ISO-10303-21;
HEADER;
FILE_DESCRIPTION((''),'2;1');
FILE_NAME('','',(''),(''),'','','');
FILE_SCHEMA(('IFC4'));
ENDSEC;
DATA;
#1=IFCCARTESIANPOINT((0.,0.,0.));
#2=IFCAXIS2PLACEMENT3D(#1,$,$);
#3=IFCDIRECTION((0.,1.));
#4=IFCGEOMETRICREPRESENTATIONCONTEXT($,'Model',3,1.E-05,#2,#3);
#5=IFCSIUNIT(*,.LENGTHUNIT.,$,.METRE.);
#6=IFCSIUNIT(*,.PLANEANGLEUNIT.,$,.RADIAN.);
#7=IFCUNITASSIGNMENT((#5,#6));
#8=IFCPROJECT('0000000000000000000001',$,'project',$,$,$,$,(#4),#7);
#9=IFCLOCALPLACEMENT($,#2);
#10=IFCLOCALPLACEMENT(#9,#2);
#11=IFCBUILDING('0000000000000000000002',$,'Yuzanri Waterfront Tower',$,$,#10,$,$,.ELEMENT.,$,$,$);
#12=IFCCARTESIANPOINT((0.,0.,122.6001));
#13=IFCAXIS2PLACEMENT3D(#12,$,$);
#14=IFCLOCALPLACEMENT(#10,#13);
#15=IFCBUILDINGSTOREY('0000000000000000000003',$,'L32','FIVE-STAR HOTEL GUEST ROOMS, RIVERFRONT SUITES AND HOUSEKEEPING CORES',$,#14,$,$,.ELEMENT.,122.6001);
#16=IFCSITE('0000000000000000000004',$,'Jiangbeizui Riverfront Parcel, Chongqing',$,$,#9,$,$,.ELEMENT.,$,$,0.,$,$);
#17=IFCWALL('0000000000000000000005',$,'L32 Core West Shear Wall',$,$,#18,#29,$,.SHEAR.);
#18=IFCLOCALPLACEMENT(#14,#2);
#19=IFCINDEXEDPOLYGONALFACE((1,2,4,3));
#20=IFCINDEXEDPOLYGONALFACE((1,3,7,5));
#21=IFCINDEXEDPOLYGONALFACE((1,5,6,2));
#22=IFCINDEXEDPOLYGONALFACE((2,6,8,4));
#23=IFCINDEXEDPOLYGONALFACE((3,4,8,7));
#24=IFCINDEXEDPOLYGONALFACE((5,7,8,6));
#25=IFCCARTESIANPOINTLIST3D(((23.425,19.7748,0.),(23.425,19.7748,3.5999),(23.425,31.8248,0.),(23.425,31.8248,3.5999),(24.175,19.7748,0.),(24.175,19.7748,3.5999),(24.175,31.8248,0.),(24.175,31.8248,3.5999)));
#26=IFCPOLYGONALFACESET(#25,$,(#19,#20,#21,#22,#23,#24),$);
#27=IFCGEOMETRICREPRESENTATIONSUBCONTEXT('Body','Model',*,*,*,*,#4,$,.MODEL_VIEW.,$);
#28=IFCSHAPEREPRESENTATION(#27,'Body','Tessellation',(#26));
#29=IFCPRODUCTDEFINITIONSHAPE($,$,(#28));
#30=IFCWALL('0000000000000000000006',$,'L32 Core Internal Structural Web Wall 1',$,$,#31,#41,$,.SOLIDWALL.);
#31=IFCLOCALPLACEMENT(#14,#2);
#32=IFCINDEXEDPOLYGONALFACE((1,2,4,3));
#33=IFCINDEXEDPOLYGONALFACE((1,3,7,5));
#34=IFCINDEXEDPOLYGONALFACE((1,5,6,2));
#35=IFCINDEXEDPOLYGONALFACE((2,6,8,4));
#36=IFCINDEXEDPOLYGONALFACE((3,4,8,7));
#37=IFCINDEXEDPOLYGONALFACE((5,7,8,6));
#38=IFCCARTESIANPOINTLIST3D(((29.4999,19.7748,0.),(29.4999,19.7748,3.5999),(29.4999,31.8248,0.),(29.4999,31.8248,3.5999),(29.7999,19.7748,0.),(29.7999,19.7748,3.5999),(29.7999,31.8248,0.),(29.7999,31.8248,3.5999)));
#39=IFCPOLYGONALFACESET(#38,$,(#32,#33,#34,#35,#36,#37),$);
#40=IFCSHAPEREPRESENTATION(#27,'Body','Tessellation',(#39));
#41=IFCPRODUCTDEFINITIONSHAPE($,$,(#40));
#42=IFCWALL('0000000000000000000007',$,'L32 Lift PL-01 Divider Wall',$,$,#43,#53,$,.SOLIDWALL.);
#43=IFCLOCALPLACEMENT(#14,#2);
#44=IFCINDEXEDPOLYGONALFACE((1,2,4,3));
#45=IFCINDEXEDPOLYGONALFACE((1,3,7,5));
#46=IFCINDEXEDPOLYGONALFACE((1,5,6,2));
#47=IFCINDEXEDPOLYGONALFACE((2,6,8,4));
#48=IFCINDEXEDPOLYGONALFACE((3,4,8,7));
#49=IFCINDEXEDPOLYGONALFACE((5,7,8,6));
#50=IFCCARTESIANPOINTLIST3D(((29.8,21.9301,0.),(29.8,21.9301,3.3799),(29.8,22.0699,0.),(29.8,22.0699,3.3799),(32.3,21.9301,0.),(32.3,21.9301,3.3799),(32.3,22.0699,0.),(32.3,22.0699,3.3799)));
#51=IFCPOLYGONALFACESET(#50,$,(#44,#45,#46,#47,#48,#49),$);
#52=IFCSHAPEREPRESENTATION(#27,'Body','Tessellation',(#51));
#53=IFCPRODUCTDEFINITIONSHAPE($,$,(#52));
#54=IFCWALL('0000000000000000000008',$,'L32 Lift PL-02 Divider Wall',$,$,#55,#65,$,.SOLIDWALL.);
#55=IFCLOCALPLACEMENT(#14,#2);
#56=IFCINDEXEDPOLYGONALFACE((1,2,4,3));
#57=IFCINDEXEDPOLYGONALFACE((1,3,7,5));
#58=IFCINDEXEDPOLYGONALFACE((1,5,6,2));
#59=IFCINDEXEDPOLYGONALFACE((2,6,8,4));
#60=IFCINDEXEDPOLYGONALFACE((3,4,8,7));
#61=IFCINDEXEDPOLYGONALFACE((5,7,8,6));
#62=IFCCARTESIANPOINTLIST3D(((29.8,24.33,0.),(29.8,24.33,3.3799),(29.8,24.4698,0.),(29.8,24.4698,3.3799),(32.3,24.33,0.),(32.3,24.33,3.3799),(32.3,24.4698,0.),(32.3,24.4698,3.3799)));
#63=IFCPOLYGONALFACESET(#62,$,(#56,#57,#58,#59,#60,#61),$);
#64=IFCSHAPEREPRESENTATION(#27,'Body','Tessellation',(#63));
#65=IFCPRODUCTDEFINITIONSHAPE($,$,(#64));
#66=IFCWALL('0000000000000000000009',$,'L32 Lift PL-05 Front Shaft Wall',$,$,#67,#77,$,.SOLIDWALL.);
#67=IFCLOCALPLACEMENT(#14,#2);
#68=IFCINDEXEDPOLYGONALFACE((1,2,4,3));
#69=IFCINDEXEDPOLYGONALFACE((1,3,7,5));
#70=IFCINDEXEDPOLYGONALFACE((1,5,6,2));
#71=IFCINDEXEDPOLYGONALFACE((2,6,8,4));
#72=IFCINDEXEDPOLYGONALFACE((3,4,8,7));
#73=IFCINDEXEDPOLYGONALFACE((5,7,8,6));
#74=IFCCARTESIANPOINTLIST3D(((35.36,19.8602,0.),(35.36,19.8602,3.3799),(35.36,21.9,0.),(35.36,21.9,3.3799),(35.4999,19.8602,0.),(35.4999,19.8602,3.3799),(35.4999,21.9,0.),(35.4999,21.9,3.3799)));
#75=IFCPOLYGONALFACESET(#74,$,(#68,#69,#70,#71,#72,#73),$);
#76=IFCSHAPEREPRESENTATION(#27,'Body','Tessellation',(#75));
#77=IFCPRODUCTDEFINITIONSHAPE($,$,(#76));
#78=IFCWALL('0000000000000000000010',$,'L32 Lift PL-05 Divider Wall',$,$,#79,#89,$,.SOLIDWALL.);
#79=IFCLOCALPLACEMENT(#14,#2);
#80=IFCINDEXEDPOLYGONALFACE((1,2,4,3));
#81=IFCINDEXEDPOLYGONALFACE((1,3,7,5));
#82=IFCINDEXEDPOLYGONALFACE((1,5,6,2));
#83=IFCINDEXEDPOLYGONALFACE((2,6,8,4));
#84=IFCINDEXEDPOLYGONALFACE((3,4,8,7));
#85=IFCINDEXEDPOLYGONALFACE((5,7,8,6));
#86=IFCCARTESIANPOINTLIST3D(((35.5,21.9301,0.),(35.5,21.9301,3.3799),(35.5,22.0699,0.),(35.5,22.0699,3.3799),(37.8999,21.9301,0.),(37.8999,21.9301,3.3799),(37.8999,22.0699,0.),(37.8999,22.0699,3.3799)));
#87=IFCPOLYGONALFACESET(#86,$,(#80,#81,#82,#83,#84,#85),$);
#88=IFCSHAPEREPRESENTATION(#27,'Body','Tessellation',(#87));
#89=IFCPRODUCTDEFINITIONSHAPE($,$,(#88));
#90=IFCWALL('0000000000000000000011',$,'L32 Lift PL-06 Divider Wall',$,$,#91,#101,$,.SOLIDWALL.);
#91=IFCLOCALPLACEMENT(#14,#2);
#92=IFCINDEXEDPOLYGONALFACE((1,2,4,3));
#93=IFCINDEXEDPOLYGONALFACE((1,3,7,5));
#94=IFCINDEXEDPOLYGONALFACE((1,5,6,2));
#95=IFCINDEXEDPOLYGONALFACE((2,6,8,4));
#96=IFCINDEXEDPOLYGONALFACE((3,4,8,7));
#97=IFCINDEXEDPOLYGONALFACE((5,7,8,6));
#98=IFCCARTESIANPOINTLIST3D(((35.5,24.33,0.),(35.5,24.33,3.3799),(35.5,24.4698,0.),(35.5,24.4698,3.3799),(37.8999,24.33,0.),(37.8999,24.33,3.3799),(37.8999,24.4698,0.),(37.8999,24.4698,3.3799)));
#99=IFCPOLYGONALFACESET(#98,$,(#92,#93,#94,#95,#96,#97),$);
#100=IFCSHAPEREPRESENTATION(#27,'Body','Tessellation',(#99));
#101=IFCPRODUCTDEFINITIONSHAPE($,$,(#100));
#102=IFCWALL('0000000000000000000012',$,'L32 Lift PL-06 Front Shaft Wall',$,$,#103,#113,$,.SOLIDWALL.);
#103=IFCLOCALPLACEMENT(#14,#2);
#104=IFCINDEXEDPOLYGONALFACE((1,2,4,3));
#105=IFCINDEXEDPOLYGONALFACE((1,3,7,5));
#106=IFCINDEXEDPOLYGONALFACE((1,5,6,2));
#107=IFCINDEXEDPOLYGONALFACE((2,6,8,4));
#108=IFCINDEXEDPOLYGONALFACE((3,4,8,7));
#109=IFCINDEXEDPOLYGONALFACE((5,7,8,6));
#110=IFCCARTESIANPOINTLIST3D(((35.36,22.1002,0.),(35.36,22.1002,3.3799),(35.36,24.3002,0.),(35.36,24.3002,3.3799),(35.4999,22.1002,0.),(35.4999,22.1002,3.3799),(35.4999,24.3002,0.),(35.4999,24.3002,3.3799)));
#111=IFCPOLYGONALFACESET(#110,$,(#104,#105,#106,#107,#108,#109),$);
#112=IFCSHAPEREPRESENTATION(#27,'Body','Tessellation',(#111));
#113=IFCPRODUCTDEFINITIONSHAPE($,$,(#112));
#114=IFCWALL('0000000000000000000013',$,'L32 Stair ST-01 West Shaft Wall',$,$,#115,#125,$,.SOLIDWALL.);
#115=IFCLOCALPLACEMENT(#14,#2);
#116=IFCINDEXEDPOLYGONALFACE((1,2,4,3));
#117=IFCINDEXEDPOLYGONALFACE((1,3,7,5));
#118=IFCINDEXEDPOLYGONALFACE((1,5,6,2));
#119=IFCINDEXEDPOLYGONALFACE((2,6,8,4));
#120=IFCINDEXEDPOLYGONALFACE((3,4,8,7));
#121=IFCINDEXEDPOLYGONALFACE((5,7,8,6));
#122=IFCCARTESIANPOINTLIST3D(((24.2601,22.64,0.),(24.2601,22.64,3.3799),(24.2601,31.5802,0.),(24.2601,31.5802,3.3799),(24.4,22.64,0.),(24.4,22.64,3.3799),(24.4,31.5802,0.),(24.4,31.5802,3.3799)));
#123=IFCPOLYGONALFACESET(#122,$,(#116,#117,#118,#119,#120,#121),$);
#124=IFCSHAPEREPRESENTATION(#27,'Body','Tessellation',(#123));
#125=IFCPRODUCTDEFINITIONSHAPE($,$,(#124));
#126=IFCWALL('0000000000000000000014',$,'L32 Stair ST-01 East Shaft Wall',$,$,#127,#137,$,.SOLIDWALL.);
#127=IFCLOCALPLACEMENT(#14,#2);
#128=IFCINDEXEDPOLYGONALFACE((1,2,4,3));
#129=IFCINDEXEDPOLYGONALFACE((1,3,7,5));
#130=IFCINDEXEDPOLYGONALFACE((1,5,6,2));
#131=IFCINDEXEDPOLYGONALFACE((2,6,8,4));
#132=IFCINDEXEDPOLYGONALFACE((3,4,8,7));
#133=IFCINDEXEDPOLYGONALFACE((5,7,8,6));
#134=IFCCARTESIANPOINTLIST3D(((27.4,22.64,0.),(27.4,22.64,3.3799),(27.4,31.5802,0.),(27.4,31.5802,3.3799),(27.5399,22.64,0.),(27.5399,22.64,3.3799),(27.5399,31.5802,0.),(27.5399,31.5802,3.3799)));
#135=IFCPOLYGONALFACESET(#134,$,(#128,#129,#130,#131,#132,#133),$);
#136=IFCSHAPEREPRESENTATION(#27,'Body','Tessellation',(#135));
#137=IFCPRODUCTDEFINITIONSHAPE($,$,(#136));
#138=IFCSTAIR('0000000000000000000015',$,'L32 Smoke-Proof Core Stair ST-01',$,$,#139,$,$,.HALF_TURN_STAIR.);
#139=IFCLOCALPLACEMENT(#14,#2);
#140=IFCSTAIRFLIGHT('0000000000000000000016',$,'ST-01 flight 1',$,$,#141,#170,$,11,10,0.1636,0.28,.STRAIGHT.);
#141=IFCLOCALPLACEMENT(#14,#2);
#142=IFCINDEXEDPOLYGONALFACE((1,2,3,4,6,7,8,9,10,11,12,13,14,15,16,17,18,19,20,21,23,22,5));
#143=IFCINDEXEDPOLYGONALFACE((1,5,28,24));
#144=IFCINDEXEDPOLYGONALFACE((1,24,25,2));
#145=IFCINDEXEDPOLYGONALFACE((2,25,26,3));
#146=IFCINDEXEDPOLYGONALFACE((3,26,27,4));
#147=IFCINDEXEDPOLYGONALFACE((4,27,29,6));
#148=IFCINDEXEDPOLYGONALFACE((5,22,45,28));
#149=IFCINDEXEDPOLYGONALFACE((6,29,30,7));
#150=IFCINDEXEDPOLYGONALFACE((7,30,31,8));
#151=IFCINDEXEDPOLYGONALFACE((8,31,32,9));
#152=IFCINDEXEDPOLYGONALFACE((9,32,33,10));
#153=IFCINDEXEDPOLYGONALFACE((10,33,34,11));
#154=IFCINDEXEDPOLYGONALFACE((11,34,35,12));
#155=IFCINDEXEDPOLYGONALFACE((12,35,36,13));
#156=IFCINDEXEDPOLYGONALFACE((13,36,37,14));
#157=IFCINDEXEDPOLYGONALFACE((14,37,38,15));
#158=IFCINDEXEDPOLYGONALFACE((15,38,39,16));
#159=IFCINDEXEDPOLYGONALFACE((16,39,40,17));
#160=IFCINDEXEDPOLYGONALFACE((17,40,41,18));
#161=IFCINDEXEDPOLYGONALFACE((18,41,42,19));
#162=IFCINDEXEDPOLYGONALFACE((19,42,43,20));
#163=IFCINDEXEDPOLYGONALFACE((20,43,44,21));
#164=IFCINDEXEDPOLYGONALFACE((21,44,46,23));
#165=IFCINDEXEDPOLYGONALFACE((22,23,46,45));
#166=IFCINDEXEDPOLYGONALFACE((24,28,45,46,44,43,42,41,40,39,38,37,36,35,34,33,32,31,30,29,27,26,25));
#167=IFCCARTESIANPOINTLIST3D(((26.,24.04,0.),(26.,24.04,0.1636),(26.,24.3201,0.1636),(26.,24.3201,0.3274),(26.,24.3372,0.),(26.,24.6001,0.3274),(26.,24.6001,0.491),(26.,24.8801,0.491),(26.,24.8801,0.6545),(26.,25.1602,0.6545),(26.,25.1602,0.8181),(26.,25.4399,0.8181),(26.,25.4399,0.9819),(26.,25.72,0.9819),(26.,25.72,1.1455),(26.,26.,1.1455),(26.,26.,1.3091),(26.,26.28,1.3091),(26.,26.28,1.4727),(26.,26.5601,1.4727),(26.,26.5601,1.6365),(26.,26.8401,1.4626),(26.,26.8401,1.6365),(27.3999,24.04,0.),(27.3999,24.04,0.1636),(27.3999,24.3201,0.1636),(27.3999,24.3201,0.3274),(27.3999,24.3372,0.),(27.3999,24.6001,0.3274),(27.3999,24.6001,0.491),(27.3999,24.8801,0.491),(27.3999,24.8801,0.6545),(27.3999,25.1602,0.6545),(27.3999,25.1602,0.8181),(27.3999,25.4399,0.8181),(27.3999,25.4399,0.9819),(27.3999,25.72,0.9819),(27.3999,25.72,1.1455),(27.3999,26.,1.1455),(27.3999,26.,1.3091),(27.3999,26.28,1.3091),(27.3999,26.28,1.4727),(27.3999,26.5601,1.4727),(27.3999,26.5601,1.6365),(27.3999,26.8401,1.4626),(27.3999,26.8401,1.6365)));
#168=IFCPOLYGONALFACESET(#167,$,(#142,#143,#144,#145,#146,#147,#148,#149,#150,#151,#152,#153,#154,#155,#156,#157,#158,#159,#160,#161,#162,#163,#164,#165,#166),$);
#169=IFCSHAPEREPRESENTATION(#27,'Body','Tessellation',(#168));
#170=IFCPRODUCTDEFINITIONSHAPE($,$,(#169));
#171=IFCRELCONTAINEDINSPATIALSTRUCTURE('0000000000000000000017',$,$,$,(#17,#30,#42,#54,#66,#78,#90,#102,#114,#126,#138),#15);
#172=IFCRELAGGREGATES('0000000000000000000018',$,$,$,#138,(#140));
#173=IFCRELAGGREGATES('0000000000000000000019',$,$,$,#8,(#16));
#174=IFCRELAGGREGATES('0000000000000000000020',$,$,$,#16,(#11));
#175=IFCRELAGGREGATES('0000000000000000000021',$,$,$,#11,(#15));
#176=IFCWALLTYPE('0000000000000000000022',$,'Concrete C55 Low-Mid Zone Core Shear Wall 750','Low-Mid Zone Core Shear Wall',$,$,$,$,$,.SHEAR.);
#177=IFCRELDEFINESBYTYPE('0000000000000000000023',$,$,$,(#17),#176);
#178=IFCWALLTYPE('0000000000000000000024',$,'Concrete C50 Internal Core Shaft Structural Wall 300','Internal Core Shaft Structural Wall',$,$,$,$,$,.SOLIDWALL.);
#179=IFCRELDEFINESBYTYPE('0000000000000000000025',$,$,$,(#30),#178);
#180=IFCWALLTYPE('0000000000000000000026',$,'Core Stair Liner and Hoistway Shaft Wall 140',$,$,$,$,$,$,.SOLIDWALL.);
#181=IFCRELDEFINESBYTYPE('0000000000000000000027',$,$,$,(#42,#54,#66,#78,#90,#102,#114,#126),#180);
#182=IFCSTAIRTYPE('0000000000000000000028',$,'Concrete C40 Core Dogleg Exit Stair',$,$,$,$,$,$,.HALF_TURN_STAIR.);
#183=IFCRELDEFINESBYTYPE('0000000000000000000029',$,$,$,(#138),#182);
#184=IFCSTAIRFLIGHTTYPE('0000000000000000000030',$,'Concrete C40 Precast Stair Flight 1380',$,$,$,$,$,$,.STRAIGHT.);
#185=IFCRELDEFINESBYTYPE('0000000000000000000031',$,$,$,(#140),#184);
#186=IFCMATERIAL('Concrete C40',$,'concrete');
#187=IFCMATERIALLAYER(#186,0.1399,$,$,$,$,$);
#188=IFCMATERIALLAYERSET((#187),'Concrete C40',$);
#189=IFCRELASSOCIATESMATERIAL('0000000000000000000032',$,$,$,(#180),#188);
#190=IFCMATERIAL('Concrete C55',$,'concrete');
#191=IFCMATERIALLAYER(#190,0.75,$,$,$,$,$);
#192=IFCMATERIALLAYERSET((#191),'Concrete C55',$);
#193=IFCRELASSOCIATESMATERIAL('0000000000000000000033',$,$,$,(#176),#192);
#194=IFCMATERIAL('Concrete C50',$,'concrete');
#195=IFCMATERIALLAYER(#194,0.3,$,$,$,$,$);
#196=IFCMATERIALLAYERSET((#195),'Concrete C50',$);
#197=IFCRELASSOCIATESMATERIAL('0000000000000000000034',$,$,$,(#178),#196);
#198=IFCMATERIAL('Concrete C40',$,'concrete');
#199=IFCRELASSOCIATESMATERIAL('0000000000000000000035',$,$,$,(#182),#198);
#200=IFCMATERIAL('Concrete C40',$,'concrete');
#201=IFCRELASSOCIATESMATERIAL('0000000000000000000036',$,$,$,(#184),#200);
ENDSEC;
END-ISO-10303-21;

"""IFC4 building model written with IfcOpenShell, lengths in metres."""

from ifc_helpers import new_model, si_unit, direction, frame, frame_2d, origin, place, context, subcontext, project, spatial, polyline, rectangle, outline, extrude, source, transform, mapped, material, layer, layer_set, type_object, element, aggregate, save


model = new_model("IFC4")

# Units and contexts
model_context = context("Model", 3, precision=1e-05, world=origin(), true_north=direction((0.0, 1.0)))
body_context = subcontext(model_context, "Body", "Model", "MODEL_VIEW")
ifc_project = project(units=[si_unit("LENGTHUNIT", "METRE"), si_unit("PLANEANGLEUNIT", "RADIAN")], contexts=[model_context])

# Site, building, storey
site_placement = place(None, origin())
site = spatial("IfcSite", under=ifc_project, at=site_placement, Name="Jiangbeizui Riverfront Parcel, Chongqing", CompositionType="ELEMENT", RefElevation=0.0)
building_placement = place(site_placement, origin())
building = spatial("IfcBuilding", under=site, at=building_placement, Name="Yuzanri Waterfront Tower", CompositionType="ELEMENT")
storey_placement = place(building_placement, frame((0.0, 0.0, 122.6001)))
storey = spatial("IfcBuildingStorey", under=building, at=storey_placement, Name="L32", Description="FIVE-STAR HOTEL GUEST ROOMS, RIVERFRONT SUITES AND HOUSEKEEPING CORES", CompositionType="ELEMENT", Elevation=122.6001)

# Shared definitions
ifc_material_1 = material(Name="Concrete C40", Category="concrete")
ifc_layer_1 = layer(ifc_material_1, 0.1399)
ifc_layer_set_1 = layer_set([ifc_layer_1], Name="Concrete C40")
wall_type_1 = type_object("IfcWallType", Name="Core Stair Liner and Hoistway Shaft Wall 140", PredefinedType="SOLIDWALL", material=ifc_layer_set_1)

# Walls
ifc_material_2 = material(Name="Concrete C55", Category="concrete")
ifc_layer_2 = layer(ifc_material_2, 0.75)
ifc_layer_set_2 = layer_set([ifc_layer_2], Name="Concrete C55")
wall_type_2 = type_object("IfcWallType", Name="Concrete C55 Low-Mid Zone Core Shear Wall 750", Description="Low-Mid Zone Core Shear Wall", PredefinedType="SHEAR", material=ifc_layer_set_2)
shared_shape_1 = source(origin(), body_context, "Body", "SweptSolid", [
    extrude(rectangle(XDim=12.05, YDim=0.75, at=frame_2d((6.0249, 0.0))), origin(), (0.0, 0.0, 1.0), 3.5999),
])
wall_1_placement = place(storey_placement, frame((23.8, 19.7749, 0.0), z_axis=(0.0, 0.0, 1.0), x_axis=(0.0, 1.0, 0.0)))
element("IfcWall", 1, at=wall_1_placement, inside=storey, type_object=wall_type_2, Name="L32 Core West Shear Wall", PredefinedType="SHEAR", context=body_context, shape_type="MappedRepresentation", body=[
    mapped(shared_shape_1, transform((0.0, 0.0, 0.0), scale=1.0)),
])
ifc_material_3 = material(Name="Concrete C50", Category="concrete")
ifc_layer_3 = layer(ifc_material_3, 0.3)
ifc_layer_set_3 = layer_set([ifc_layer_3], Name="Concrete C50")
wall_type_3 = type_object("IfcWallType", Name="Concrete C50 Internal Core Shaft Structural Wall 300", Description="Internal Core Shaft Structural Wall", PredefinedType="SOLIDWALL", material=ifc_layer_set_3)
shared_shape_2 = source(origin(), body_context, "Body", "SweptSolid", [
    extrude(rectangle(XDim=12.05, YDim=0.3, at=frame_2d((6.0249, 0.0))), origin(), (0.0, 0.0, 1.0), 3.5999),
])
wall_2_placement = place(storey_placement, frame((29.6499, 19.7749, 0.0), z_axis=(0.0, 0.0, 1.0), x_axis=(0.0, 1.0, 0.0)))
element("IfcWall", 2, at=wall_2_placement, inside=storey, type_object=wall_type_3, Name="L32 Core Internal Structural Web Wall 1", PredefinedType="SOLIDWALL", context=body_context, shape_type="MappedRepresentation", body=[
    mapped(shared_shape_2, transform((0.0, 0.0, 0.0), scale=1.0)),
])
shared_shape_3 = source(origin(), body_context, "Body", "SweptSolid", [
    extrude(rectangle(XDim=2.5, YDim=0.1399, at=frame_2d((1.25, 0.0))), origin(), (0.0, 0.0, 1.0), 3.3799),
])
for number, where, z_axis, x_axis, name in (
    (3, (29.8, 22.0, 0.0), (0.0, 0.0, 1.0), (1.0, 0.0, 0.0), "L32 Lift PL-01 Divider Wall"),
    (4, (29.8, 24.3999, 0.0), (0.0, 0.0, 1.0), (1.0, 0.0, 0.0), "L32 Lift PL-02 Divider Wall"),
):
    element("IfcWall", number, at=place(storey_placement, frame(where, z_axis=z_axis, x_axis=x_axis)), inside=storey, type_object=wall_type_1, Name=name, PredefinedType="SOLIDWALL", context=body_context, shape_type="MappedRepresentation", body=[
        mapped(shared_shape_3, transform((0.0, 0.0, 0.0), scale=1.0)),
    ])
shared_shape_4 = source(origin(), body_context, "Body", "SweptSolid", [
    extrude(rectangle(XDim=2.0398, YDim=0.1399, at=frame_2d((1.02, 0.0))), origin(), (0.0, 0.0, 1.0), 3.3799),
])
wall_3_placement = place(storey_placement, frame((35.4299, 19.8601, 0.0), z_axis=(0.0, 0.0, 1.0), x_axis=(0.0, 1.0, 0.0)))
element("IfcWall", 5, at=wall_3_placement, inside=storey, type_object=wall_type_1, Name="L32 Lift PL-05 Front Shaft Wall", PredefinedType="SOLIDWALL", context=body_context, shape_type="MappedRepresentation", body=[
    mapped(shared_shape_4, transform((0.0, 0.0, 0.0), scale=1.0)),
])
shared_shape_5 = source(origin(), body_context, "Body", "SweptSolid", [
    extrude(rectangle(XDim=2.3999, YDim=0.1399, at=frame_2d((1.2, 0.0))), origin(), (0.0, 0.0, 1.0), 3.3799),
])
for number, where, z_axis, x_axis, name in (
    (6, (35.5, 22.0, 0.0), (0.0, 0.0, 1.0), (1.0, 0.0, 0.0), "L32 Lift PL-05 Divider Wall"),
    (7, (35.5, 24.3999, 0.0), (0.0, 0.0, 1.0), (1.0, 0.0, 0.0), "L32 Lift PL-06 Divider Wall"),
):
    element("IfcWall", number, at=place(storey_placement, frame(where, z_axis=z_axis, x_axis=x_axis)), inside=storey, type_object=wall_type_1, Name=name, PredefinedType="SOLIDWALL", context=body_context, shape_type="MappedRepresentation", body=[
        mapped(shared_shape_5, transform((0.0, 0.0, 0.0), scale=1.0)),
    ])
shared_shape_6 = source(origin(), body_context, "Body", "SweptSolid", [
    extrude(rectangle(XDim=2.2, YDim=0.1399, at=frame_2d((1.1001, 0.0))), origin(), (0.0, 0.0, 1.0), 3.3799),
])
wall_4_placement = place(storey_placement, frame((35.4299, 22.1001, 0.0), z_axis=(0.0, 0.0, 1.0), x_axis=(0.0, 1.0, 0.0)))
element("IfcWall", 8, at=wall_4_placement, inside=storey, type_object=wall_type_1, Name="L32 Lift PL-06 Front Shaft Wall", PredefinedType="SOLIDWALL", context=body_context, shape_type="MappedRepresentation", body=[
    mapped(shared_shape_6, transform((0.0, 0.0, 0.0), scale=1.0)),
])
shared_shape_7 = source(origin(), body_context, "Body", "SweptSolid", [
    extrude(rectangle(XDim=8.9402, YDim=0.1399, at=frame_2d((4.4702, 0.0))), origin(), (0.0, 0.0, 1.0), 3.3799),
])
for number, where, z_axis, x_axis, name in (
    (9, (24.3301, 22.6399, 0.0), (0.0, 0.0, 1.0), (0.0, 1.0, 0.0), "L32 Stair ST-01 West Shaft Wall"),
    (10, (27.47, 22.6399, 0.0), (0.0, 0.0, 1.0), (0.0, 1.0, 0.0), "L32 Stair ST-01 East Shaft Wall"),
):
    element("IfcWall", number, at=place(storey_placement, frame(where, z_axis=z_axis, x_axis=x_axis)), inside=storey, type_object=wall_type_1, Name=name, PredefinedType="SOLIDWALL", context=body_context, shape_type="MappedRepresentation", body=[
        mapped(shared_shape_7, transform((0.0, 0.0, 0.0), scale=1.0)),
    ])

# Stair, stair flight
ifc_material_4 = material(Name="Concrete C40", Category="concrete")
stair_type = type_object("IfcStairType", Name="Concrete C40 Core Dogleg Exit Stair", PredefinedType="HALF_TURN_STAIR", material=ifc_material_4)
stair_placement = place(storey_placement, origin())
stair = element("IfcStair", 11, at=stair_placement, inside=storey, type_object=stair_type, Name="L32 Smoke-Proof Core Stair ST-01", PredefinedType="HALF_TURN_STAIR")
ifc_material_5 = material(Name="Concrete C40", Category="concrete")
stair_flight_type = type_object("IfcStairFlightType", Name="Concrete C40 Precast Stair Flight 1380", PredefinedType="STRAIGHT", material=ifc_material_5)
shared_shape_8 = source(origin(), body_context, "Body", "SweptSolid", [
    extrude(outline(polyline([(0.0, 0.0), (0.0, 0.1636), (0.28, 0.1636), (0.28, 0.3274), (0.5601, 0.3274), (0.5601, 0.491), (0.8401, 0.491), (0.8401, 0.6545), (1.1201, 0.6545), (1.1201, 0.8181), (1.3999, 0.8181), (1.3999, 0.9819), (1.6799, 0.9819), (1.6799, 1.1455), (1.96, 1.1455), (1.96, 1.3091), (2.24, 1.3091), (2.24, 1.4727), (2.52, 1.4727), (2.52, 1.6365), (2.8, 1.6365), (2.8, 1.8), (2.8, 1.4626), (0.2971, 0.0), (0.0, 0.0)])), frame((0.0, 0.7, 0.0), z_axis=(0.0, -1.0, 0.0), x_axis=(1.0, 0.0, 0.0)), (0.0, 0.0, 1.0), 1.3999),
])
stair_flight_placement = place(storey_placement, frame((26.7, 24.04, 0.0), z_axis=(0.0, 0.0, 1.0), x_axis=(0.0, 1.0, 0.0)))
stair_flight = element("IfcStairFlight", 12, at=stair_flight_placement, type_object=stair_flight_type, Name="ST-01 flight 1", NumberOfRisers=11, NumberOfTreads=10, PredefinedType="STRAIGHT", RiserHeight=0.1636, TreadLength=0.28, context=body_context, shape_type="MappedRepresentation", body=[
    mapped(shared_shape_8, transform((0.0, 0.0, 0.0), scale=1.0)),
])
aggregate(stair, [stair_flight])

save(model, "model.ifc")
